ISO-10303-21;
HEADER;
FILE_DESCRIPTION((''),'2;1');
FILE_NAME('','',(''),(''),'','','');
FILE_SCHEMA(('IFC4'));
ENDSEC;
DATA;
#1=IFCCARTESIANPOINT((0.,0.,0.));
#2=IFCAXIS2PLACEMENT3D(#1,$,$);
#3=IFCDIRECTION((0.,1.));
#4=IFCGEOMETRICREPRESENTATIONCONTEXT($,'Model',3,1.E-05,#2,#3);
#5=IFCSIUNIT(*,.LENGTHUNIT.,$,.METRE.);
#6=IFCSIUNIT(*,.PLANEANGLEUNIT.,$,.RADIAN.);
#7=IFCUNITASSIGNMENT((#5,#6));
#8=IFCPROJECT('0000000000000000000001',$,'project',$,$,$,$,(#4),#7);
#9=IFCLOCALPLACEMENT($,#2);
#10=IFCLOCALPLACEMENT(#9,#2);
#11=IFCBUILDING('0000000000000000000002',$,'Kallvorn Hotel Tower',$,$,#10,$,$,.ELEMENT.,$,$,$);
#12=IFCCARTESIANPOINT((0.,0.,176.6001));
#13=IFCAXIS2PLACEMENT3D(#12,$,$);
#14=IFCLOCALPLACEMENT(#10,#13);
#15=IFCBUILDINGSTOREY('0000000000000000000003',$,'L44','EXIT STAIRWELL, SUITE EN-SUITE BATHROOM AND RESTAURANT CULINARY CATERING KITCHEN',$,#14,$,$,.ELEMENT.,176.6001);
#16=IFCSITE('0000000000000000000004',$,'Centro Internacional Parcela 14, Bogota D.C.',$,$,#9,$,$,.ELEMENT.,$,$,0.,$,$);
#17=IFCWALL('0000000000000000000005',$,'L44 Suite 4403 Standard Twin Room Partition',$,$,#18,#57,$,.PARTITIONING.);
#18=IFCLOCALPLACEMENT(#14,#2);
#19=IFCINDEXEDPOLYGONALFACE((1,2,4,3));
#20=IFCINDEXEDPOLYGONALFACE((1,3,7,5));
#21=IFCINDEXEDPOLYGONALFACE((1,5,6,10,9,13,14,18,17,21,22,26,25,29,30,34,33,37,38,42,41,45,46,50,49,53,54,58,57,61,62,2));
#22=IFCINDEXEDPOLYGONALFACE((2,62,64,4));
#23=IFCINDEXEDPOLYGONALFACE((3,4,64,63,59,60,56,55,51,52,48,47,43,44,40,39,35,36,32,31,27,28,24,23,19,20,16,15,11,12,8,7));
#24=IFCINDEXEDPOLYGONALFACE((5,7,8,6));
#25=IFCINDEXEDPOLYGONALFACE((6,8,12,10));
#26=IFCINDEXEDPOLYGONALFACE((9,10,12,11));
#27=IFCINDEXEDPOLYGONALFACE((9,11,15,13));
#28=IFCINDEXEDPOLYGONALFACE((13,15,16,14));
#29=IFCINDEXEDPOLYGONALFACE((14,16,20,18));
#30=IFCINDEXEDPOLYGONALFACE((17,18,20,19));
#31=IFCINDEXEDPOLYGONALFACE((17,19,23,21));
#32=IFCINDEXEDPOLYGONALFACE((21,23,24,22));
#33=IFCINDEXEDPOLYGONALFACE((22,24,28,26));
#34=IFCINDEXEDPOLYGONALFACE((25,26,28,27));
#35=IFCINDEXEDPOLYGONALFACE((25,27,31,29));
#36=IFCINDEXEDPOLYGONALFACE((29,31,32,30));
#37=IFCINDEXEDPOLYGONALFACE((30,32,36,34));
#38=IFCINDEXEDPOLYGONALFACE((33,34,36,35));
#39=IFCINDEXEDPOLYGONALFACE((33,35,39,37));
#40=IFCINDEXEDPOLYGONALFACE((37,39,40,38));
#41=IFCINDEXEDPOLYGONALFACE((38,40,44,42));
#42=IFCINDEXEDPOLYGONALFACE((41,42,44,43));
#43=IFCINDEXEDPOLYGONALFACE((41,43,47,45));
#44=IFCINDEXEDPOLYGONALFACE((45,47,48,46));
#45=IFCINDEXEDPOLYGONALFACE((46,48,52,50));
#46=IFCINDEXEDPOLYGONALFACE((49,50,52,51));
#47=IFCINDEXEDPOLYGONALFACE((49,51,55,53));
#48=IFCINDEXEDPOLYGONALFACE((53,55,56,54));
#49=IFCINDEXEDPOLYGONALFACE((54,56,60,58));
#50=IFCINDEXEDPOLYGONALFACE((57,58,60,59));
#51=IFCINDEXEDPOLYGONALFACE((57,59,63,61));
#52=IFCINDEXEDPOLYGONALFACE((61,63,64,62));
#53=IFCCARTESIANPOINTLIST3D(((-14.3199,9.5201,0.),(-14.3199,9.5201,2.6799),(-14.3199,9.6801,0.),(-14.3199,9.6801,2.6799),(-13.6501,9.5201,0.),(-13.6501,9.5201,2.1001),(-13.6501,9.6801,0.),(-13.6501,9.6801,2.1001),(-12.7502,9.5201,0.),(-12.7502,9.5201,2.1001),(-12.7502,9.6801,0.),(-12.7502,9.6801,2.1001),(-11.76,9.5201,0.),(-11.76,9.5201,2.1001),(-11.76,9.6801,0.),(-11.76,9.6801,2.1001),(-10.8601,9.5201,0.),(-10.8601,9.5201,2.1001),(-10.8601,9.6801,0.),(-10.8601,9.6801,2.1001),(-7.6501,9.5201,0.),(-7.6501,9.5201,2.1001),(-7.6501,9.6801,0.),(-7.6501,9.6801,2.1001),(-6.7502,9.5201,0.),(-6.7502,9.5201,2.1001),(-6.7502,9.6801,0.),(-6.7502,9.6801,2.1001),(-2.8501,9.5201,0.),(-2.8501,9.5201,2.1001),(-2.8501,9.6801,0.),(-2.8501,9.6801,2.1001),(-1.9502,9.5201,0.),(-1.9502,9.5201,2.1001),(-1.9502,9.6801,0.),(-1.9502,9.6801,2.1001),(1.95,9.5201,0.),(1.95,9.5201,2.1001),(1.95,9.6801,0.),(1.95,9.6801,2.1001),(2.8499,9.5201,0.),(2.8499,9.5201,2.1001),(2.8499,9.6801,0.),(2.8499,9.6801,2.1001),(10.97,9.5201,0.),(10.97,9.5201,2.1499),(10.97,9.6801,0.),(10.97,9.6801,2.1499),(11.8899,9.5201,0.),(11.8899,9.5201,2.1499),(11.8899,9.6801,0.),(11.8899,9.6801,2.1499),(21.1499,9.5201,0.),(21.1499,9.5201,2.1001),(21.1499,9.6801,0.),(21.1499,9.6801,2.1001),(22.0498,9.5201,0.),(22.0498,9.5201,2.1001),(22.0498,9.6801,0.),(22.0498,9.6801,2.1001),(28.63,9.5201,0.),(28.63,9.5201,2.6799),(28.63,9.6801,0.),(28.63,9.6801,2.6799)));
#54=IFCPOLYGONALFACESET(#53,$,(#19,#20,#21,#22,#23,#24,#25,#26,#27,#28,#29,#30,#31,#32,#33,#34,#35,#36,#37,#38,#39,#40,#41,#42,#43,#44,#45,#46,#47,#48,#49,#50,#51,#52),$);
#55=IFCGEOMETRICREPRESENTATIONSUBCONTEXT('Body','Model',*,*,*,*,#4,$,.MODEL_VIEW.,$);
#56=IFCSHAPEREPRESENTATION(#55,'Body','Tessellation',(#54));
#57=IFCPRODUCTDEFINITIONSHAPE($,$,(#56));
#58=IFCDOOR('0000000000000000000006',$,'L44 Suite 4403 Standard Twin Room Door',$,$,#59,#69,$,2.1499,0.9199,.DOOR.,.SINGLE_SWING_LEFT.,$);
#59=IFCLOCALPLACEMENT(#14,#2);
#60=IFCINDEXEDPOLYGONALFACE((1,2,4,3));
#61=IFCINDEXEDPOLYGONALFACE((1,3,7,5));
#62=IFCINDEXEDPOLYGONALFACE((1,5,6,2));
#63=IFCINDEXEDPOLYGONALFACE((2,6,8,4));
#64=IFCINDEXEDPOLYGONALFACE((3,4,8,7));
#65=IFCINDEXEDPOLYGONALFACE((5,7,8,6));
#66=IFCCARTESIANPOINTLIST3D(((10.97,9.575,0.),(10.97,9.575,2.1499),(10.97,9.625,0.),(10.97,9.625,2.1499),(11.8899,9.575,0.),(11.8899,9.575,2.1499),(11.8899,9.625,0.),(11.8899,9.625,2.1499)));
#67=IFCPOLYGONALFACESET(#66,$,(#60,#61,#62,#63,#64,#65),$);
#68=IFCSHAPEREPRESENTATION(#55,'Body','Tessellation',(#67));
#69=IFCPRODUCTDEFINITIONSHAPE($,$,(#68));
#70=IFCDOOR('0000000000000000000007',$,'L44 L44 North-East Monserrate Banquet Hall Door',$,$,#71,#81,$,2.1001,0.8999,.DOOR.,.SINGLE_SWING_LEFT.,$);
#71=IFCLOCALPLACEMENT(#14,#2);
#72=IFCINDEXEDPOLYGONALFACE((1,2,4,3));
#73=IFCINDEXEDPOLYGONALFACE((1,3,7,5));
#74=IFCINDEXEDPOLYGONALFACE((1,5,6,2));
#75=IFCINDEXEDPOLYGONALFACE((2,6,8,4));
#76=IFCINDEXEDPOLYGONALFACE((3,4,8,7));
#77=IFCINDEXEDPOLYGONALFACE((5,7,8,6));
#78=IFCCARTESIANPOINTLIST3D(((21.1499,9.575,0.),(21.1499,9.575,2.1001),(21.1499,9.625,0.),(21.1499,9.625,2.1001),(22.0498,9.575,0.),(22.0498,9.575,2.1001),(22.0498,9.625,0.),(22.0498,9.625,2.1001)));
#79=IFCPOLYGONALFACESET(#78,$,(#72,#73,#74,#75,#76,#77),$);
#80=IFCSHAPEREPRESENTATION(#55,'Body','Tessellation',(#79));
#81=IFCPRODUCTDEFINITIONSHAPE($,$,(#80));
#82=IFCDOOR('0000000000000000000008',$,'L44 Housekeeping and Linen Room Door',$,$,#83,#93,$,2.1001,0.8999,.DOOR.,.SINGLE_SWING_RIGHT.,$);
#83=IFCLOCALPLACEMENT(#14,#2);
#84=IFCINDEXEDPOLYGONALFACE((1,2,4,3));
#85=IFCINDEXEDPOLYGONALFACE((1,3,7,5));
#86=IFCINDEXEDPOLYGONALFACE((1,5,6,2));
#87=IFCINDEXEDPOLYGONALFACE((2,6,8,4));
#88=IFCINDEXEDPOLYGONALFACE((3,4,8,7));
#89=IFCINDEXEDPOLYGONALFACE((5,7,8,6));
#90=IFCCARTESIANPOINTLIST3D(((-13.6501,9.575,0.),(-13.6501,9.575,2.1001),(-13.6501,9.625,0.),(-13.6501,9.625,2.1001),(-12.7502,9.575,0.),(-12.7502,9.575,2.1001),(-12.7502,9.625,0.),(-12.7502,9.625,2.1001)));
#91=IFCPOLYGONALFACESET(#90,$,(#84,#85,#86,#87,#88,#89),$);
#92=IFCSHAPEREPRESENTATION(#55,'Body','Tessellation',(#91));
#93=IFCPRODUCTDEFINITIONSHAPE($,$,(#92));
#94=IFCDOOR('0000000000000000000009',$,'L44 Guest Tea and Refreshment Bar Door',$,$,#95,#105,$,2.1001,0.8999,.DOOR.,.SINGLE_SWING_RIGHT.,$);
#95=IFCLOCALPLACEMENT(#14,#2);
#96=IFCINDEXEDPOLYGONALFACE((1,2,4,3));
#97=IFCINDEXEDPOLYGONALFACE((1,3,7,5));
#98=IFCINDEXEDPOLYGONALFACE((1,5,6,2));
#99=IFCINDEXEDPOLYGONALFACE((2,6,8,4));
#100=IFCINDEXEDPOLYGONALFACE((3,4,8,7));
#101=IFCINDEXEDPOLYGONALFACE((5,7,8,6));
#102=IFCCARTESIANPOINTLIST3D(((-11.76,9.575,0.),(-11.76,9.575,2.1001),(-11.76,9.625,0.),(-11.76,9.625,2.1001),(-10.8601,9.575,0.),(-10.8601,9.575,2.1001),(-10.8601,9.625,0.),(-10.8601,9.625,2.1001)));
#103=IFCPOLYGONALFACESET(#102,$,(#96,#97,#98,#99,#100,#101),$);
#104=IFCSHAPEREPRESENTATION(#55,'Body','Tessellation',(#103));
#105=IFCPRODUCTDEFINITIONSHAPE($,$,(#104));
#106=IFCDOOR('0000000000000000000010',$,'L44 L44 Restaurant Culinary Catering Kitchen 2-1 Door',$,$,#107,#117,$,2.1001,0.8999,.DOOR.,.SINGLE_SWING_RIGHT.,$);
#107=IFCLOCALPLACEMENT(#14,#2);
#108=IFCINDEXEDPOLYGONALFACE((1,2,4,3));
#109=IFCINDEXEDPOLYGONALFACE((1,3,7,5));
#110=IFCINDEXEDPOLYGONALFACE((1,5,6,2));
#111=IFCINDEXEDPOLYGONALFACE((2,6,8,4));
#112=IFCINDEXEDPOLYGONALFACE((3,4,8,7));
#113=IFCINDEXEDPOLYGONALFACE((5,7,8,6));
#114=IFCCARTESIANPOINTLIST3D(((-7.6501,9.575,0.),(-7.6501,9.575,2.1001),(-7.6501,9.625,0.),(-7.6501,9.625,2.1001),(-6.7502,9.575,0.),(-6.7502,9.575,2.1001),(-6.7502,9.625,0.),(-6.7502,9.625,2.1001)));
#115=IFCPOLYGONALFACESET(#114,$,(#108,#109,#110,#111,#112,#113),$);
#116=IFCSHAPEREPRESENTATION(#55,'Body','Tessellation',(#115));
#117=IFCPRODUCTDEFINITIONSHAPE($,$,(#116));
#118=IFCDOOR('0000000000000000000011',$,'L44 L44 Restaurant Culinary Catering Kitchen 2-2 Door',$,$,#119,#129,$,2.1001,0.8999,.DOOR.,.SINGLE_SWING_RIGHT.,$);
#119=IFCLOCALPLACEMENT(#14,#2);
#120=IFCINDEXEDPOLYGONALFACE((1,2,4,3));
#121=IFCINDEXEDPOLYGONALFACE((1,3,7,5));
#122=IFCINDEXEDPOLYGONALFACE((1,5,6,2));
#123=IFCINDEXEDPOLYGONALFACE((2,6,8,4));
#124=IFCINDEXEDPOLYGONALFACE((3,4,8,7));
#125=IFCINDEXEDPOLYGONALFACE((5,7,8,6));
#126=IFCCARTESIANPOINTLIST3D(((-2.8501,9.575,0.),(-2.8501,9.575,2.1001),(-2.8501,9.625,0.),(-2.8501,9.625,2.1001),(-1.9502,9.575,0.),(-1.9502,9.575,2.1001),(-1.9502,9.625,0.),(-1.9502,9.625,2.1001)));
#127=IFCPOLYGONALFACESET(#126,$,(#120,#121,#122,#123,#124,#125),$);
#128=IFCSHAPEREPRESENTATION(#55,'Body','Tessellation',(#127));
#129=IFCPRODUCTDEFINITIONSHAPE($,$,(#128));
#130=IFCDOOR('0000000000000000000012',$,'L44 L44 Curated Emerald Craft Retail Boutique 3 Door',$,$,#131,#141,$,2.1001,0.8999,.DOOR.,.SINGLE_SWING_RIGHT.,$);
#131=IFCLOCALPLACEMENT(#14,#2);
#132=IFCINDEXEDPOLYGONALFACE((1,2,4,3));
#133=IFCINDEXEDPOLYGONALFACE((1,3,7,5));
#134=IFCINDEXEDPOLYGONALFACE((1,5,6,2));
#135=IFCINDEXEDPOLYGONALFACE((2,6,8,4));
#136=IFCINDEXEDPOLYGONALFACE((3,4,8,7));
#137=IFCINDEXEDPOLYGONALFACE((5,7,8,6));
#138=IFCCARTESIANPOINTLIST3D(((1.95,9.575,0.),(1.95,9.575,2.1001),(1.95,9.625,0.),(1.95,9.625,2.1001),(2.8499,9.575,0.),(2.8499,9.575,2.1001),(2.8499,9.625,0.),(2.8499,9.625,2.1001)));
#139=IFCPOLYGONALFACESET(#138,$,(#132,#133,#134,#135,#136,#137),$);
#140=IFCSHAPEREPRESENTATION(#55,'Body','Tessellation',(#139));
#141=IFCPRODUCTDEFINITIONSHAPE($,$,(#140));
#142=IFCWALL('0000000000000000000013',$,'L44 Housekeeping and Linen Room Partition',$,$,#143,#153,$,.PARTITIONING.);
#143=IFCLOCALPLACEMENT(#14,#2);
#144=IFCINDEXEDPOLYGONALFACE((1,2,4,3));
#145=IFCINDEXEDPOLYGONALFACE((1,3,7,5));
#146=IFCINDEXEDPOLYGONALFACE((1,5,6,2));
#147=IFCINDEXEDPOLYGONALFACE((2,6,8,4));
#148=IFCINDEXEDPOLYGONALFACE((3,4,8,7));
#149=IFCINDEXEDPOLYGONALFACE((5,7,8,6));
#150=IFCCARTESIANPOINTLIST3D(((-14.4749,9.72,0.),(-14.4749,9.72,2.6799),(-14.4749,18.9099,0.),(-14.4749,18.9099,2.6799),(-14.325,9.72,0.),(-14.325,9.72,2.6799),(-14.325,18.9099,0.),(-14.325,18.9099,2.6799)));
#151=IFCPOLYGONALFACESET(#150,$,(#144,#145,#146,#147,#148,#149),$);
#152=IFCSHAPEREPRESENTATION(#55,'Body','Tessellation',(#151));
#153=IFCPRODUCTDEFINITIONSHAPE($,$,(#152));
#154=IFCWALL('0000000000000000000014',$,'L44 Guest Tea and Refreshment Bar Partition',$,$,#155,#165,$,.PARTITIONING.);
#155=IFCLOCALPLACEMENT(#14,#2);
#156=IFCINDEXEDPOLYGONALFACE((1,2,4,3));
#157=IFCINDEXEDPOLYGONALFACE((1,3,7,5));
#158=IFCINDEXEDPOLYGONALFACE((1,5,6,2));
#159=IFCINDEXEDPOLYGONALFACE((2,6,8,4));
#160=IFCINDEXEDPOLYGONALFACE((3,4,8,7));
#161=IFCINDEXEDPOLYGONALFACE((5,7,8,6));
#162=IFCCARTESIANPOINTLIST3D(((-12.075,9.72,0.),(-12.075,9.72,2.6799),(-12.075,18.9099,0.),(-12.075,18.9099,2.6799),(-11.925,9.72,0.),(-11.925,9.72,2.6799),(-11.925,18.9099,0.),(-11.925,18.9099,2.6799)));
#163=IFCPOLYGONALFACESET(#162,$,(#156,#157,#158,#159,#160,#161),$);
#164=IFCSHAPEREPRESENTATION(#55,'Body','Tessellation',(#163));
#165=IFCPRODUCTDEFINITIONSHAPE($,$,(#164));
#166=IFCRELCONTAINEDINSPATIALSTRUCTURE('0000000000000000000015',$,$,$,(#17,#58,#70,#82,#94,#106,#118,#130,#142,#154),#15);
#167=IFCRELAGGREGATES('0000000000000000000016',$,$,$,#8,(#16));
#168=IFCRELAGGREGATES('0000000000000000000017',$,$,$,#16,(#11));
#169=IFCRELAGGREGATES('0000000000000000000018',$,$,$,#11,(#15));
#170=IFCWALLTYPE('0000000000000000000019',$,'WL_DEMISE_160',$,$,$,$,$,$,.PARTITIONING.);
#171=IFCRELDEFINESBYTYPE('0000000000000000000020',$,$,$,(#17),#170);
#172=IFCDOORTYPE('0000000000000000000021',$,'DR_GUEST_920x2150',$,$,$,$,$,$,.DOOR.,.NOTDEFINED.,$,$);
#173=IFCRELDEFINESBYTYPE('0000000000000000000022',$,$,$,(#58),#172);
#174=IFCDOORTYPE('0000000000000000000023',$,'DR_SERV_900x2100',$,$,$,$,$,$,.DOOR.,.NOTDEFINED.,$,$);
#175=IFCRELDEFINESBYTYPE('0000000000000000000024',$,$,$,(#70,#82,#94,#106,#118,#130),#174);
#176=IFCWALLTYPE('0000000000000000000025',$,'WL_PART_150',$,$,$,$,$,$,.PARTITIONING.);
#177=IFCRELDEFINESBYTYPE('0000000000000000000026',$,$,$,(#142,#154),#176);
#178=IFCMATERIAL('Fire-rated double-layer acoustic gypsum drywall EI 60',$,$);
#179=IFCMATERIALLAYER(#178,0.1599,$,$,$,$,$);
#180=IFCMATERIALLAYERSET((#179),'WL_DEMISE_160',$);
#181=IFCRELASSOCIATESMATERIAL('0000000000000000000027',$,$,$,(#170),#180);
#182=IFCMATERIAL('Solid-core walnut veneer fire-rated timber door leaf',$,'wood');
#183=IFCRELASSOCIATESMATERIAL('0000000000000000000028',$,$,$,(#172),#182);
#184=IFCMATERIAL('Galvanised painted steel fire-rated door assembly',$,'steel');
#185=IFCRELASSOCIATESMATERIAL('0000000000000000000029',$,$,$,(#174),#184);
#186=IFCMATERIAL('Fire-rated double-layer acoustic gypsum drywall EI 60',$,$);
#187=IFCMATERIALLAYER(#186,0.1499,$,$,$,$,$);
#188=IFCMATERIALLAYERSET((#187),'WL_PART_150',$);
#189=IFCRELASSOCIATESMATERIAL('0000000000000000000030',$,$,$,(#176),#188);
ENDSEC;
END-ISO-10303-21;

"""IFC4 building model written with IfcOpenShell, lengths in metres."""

from ifc_helpers import new_model, si_unit, direction, frame, frame_2d, origin, place, context, subcontext, project, spatial, rectangle, extrude, material, layer, layer_set, type_object, element, fill, save


model = new_model("IFC4")

# Units and contexts
model_context = context("Model", 3, precision=1e-05, world=origin(), true_north=direction((0.0, 1.0)))
body_context = subcontext(model_context, "Body", "Model", "MODEL_VIEW")
ifc_project = project(units=[si_unit("LENGTHUNIT", "METRE"), si_unit("PLANEANGLEUNIT", "RADIAN")], contexts=[model_context])

# Site, building, storey
site_placement = place(None, origin())
site = spatial("IfcSite", under=ifc_project, at=site_placement, Name="Centro Internacional Parcela 14, Bogota D.C.", CompositionType="ELEMENT", RefElevation=0.0)
building_placement = place(site_placement, origin())
building = spatial("IfcBuilding", under=site, at=building_placement, Name="Kallvorn Hotel Tower", CompositionType="ELEMENT")
storey_placement = place(building_placement, frame((0.0, 0.0, 176.6001)))
storey = spatial("IfcBuildingStorey", under=building, at=storey_placement, Name="L44", Description="EXIT STAIRWELL, SUITE EN-SUITE BATHROOM AND RESTAURANT CULINARY CATERING KITCHEN", CompositionType="ELEMENT", Elevation=176.6001)

# Wall, openings, doors
ifc_material_1 = material(Name="Fire-rated double-layer acoustic gypsum drywall EI 60")
ifc_layer_1 = layer(ifc_material_1, 0.1599)
ifc_layer_set_1 = layer_set([ifc_layer_1], Name="WL_DEMISE_160")
wall_type_1 = type_object("IfcWallType", Name="WL_DEMISE_160", PredefinedType="PARTITIONING", material=ifc_layer_set_1)
wall_placement = place(storey_placement, frame((-14.3201, 9.6001, 0.0), z_axis=(0.0, 0.0, 1.0), x_axis=(1.0, 0.0, 0.0)))
wall = element("IfcWall", 1, at=wall_placement, inside=storey, type_object=wall_type_1, Name="L44 Suite 4403 Standard Twin Room Partition", PredefinedType="PARTITIONING", context=body_context, shape_type="SweptSolid", body=[
    extrude(rectangle(XDim=42.95, YDim=0.1599, at=frame_2d((21.4751, 0.0))), origin(), (0.0, 0.0, 1.0), 2.6799),
])
opening_1_placement = place(wall_placement, frame((35.47, 0.0, 0.0)))
opening_1 = element("IfcOpeningElement", 2, at=opening_1_placement, cuts=wall, PredefinedType="OPENING", context=body_context, shape_type="SweptSolid", body=[
    extrude(rectangle(XDim=0.8999, YDim=2.1001, at=frame_2d((0.45, 1.05))), frame((0.0, 0.095, 0.0), z_axis=(0.0, -1.0, 0.0), x_axis=(1.0, 0.0, 0.0)), (0.0, 0.0, 1.0), 0.1899),
])
opening_2_placement = place(wall_placement, frame((0.6699, 0.0, 0.0)))
opening_2 = element("IfcOpeningElement", 3, at=opening_2_placement, cuts=wall, PredefinedType="OPENING", context=body_context, shape_type="SweptSolid", body=[
    extrude(rectangle(XDim=0.8999, YDim=2.1001, at=frame_2d((0.45, 1.05))), frame((0.0, 0.095, 0.0), z_axis=(0.0, -1.0, 0.0), x_axis=(1.0, 0.0, 0.0)), (0.0, 0.0, 1.0), 0.1899),
])
opening_3_placement = place(wall_placement, frame((2.5601, 0.0, 0.0)))
opening_3 = element("IfcOpeningElement", 4, at=opening_3_placement, cuts=wall, PredefinedType="OPENING", context=body_context, shape_type="SweptSolid", body=[
    extrude(rectangle(XDim=0.8999, YDim=2.1001, at=frame_2d((0.45, 1.05))), frame((0.0, 0.095, 0.0), z_axis=(0.0, -1.0, 0.0), x_axis=(1.0, 0.0, 0.0)), (0.0, 0.0, 1.0), 0.1899),
])
opening_4_placement = place(wall_placement, frame((6.6699, 0.0, 0.0)))
opening_4 = element("IfcOpeningElement", 5, at=opening_4_placement, cuts=wall, PredefinedType="OPENING", context=body_context, shape_type="SweptSolid", body=[
    extrude(rectangle(XDim=0.8999, YDim=2.1001, at=frame_2d((0.45, 1.05))), frame((0.0, 0.095, 0.0), z_axis=(0.0, -1.0, 0.0), x_axis=(1.0, 0.0, 0.0)), (0.0, 0.0, 1.0), 0.1899),
])
opening_5_placement = place(wall_placement, frame((11.47, 0.0, 0.0)))
opening_5 = element("IfcOpeningElement", 6, at=opening_5_placement, cuts=wall, PredefinedType="OPENING", context=body_context, shape_type="SweptSolid", body=[
    extrude(rectangle(XDim=0.8999, YDim=2.1001, at=frame_2d((0.45, 1.05))), frame((0.0, 0.095, 0.0), z_axis=(0.0, -1.0, 0.0), x_axis=(1.0, 0.0, 0.0)), (0.0, 0.0, 1.0), 0.1899),
])
opening_6_placement = place(wall_placement, frame((16.27, 0.0, 0.0)))
opening_6 = element("IfcOpeningElement", 7, at=opening_6_placement, cuts=wall, PredefinedType="OPENING", context=body_context, shape_type="SweptSolid", body=[
    extrude(rectangle(XDim=0.8999, YDim=2.1001, at=frame_2d((0.45, 1.05))), frame((0.0, 0.095, 0.0), z_axis=(0.0, -1.0, 0.0), x_axis=(1.0, 0.0, 0.0)), (0.0, 0.0, 1.0), 0.1899),
])
opening_7_placement = place(wall_placement, frame((25.29, 0.0, 0.0)))
opening_7 = element("IfcOpeningElement", 8, at=opening_7_placement, cuts=wall, PredefinedType="OPENING", context=body_context, shape_type="SweptSolid", body=[
    extrude(rectangle(XDim=0.9199, YDim=2.1499, at=frame_2d((0.46, 1.075))), frame((0.0, 0.095, 0.0), z_axis=(0.0, -1.0, 0.0), x_axis=(1.0, 0.0, 0.0)), (0.0, 0.0, 1.0), 0.1899),
])
ifc_material_2 = material(Name="Solid-core walnut veneer fire-rated timber door leaf", Category="wood")
door_type_1 = type_object("IfcDoorType", Name="DR_GUEST_920x2150", OperationType="NOTDEFINED", PredefinedType="DOOR", material=ifc_material_2)
door_1_placement = place(opening_7_placement, origin())
door_1 = element("IfcDoor", 9, at=door_1_placement, inside=storey, type_object=door_type_1, Name="L44 Suite 4403 Standard Twin Room Door", OperationType="SINGLE_SWING_LEFT", OverallHeight=2.1499, OverallWidth=0.9199, PredefinedType="DOOR", context=body_context, shape_type="SweptSolid", body=[
    extrude(rectangle(XDim=0.9199, YDim=2.1499, at=frame_2d((0.46, 1.075))), frame((0.0, 0.0249, 0.0), z_axis=(0.0, -1.0, 0.0), x_axis=(1.0, 0.0, 0.0)), (0.0, 0.0, 1.0), 0.05),
])
fill(opening_7, door_1)
ifc_material_3 = material(Name="Galvanised painted steel fire-rated door assembly", Category="steel")
door_type_2 = type_object("IfcDoorType", Name="DR_SERV_900x2100", OperationType="NOTDEFINED", PredefinedType="DOOR", material=ifc_material_3)
door_2_placement = place(opening_1_placement, origin())
door_2 = element("IfcDoor", 10, at=door_2_placement, inside=storey, type_object=door_type_2, Name="L44 L44 North-East Monserrate Banquet Hall Door", OperationType="SINGLE_SWING_LEFT", OverallHeight=2.1001, OverallWidth=0.8999, PredefinedType="DOOR", context=body_context, shape_type="SweptSolid", body=[
    extrude(rectangle(XDim=0.8999, YDim=2.1001, at=frame_2d((0.45, 1.05))), frame((0.0, 0.0249, 0.0), z_axis=(0.0, -1.0, 0.0), x_axis=(1.0, 0.0, 0.0)), (0.0, 0.0, 1.0), 0.05),
])
fill(opening_1, door_2)
door_3_placement = place(opening_2_placement, origin())
door_3 = element("IfcDoor", 11, at=door_3_placement, inside=storey, type_object=door_type_2, Name="L44 Housekeeping and Linen Room Door", OperationType="SINGLE_SWING_RIGHT", OverallHeight=2.1001, OverallWidth=0.8999, PredefinedType="DOOR", context=body_context, shape_type="SweptSolid", body=[
    extrude(rectangle(XDim=0.8999, YDim=2.1001, at=frame_2d((0.45, 1.05))), frame((0.0, 0.0249, 0.0), z_axis=(0.0, -1.0, 0.0), x_axis=(1.0, 0.0, 0.0)), (0.0, 0.0, 1.0), 0.05),
])
fill(opening_2, door_3)
door_4_placement = place(opening_3_placement, origin())
door_4 = element("IfcDoor", 12, at=door_4_placement, inside=storey, type_object=door_type_2, Name="L44 Guest Tea and Refreshment Bar Door", OperationType="SINGLE_SWING_RIGHT", OverallHeight=2.1001, OverallWidth=0.8999, PredefinedType="DOOR", context=body_context, shape_type="SweptSolid", body=[
    extrude(rectangle(XDim=0.8999, YDim=2.1001, at=frame_2d((0.45, 1.05))), frame((0.0, 0.0249, 0.0), z_axis=(0.0, -1.0, 0.0), x_axis=(1.0, 0.0, 0.0)), (0.0, 0.0, 1.0), 0.05),
])
fill(opening_3, door_4)
door_5_placement = place(opening_4_placement, origin())
door_5 = element("IfcDoor", 13, at=door_5_placement, inside=storey, type_object=door_type_2, Name="L44 L44 Restaurant Culinary Catering Kitchen 2-1 Door", OperationType="SINGLE_SWING_RIGHT", OverallHeight=2.1001, OverallWidth=0.8999, PredefinedType="DOOR", context=body_context, shape_type="SweptSolid", body=[
    extrude(rectangle(XDim=0.8999, YDim=2.1001, at=frame_2d((0.45, 1.05))), frame((0.0, 0.0249, 0.0), z_axis=(0.0, -1.0, 0.0), x_axis=(1.0, 0.0, 0.0)), (0.0, 0.0, 1.0), 0.05),
])
fill(opening_4, door_5)
door_6_placement = place(opening_5_placement, origin())
door_6 = element("IfcDoor", 14, at=door_6_placement, inside=storey, type_object=door_type_2, Name="L44 L44 Restaurant Culinary Catering Kitchen 2-2 Door", OperationType="SINGLE_SWING_RIGHT", OverallHeight=2.1001, OverallWidth=0.8999, PredefinedType="DOOR", context=body_context, shape_type="SweptSolid", body=[
    extrude(rectangle(XDim=0.8999, YDim=2.1001, at=frame_2d((0.45, 1.05))), frame((0.0, 0.0249, 0.0), z_axis=(0.0, -1.0, 0.0), x_axis=(1.0, 0.0, 0.0)), (0.0, 0.0, 1.0), 0.05),
])
fill(opening_5, door_6)
door_7_placement = place(opening_6_placement, origin())
door_7 = element("IfcDoor", 15, at=door_7_placement, inside=storey, type_object=door_type_2, Name="L44 L44 Curated Emerald Craft Retail Boutique 3 Door", OperationType="SINGLE_SWING_RIGHT", OverallHeight=2.1001, OverallWidth=0.8999, PredefinedType="DOOR", context=body_context, shape_type="SweptSolid", body=[
    extrude(rectangle(XDim=0.8999, YDim=2.1001, at=frame_2d((0.45, 1.05))), frame((0.0, 0.0249, 0.0), z_axis=(0.0, -1.0, 0.0), x_axis=(1.0, 0.0, 0.0)), (0.0, 0.0, 1.0), 0.05),
])
fill(opening_6, door_7)

# Walls
ifc_material_4 = material(Name="Fire-rated double-layer acoustic gypsum drywall EI 60")
ifc_layer_2 = layer(ifc_material_4, 0.1499)
ifc_layer_set_2 = layer_set([ifc_layer_2], Name="WL_PART_150")
wall_type_2 = type_object("IfcWallType", Name="WL_PART_150", PredefinedType="PARTITIONING", material=ifc_layer_set_2)
for number, where, z_axis, x_axis, name in (
    (16, (-14.3999, 9.72, 0.0), (0.0, 0.0, 1.0), (0.0, 1.0, 0.0), "L44 Housekeeping and Linen Room Partition"),
    (17, (-12.0, 9.72, 0.0), (0.0, 0.0, 1.0), (0.0, 1.0, 0.0), "L44 Guest Tea and Refreshment Bar Partition"),
):
    element("IfcWall", number, at=place(storey_placement, frame(where, z_axis=z_axis, x_axis=x_axis)), inside=storey, type_object=wall_type_2, Name=name, PredefinedType="PARTITIONING", context=body_context, shape_type="SweptSolid", body=[
        extrude(rectangle(XDim=9.1899, YDim=0.1499, at=frame_2d((4.595, 0.0))), origin(), (0.0, 0.0, 1.0), 2.6799),
    ])

save(model, "model.ifc")
